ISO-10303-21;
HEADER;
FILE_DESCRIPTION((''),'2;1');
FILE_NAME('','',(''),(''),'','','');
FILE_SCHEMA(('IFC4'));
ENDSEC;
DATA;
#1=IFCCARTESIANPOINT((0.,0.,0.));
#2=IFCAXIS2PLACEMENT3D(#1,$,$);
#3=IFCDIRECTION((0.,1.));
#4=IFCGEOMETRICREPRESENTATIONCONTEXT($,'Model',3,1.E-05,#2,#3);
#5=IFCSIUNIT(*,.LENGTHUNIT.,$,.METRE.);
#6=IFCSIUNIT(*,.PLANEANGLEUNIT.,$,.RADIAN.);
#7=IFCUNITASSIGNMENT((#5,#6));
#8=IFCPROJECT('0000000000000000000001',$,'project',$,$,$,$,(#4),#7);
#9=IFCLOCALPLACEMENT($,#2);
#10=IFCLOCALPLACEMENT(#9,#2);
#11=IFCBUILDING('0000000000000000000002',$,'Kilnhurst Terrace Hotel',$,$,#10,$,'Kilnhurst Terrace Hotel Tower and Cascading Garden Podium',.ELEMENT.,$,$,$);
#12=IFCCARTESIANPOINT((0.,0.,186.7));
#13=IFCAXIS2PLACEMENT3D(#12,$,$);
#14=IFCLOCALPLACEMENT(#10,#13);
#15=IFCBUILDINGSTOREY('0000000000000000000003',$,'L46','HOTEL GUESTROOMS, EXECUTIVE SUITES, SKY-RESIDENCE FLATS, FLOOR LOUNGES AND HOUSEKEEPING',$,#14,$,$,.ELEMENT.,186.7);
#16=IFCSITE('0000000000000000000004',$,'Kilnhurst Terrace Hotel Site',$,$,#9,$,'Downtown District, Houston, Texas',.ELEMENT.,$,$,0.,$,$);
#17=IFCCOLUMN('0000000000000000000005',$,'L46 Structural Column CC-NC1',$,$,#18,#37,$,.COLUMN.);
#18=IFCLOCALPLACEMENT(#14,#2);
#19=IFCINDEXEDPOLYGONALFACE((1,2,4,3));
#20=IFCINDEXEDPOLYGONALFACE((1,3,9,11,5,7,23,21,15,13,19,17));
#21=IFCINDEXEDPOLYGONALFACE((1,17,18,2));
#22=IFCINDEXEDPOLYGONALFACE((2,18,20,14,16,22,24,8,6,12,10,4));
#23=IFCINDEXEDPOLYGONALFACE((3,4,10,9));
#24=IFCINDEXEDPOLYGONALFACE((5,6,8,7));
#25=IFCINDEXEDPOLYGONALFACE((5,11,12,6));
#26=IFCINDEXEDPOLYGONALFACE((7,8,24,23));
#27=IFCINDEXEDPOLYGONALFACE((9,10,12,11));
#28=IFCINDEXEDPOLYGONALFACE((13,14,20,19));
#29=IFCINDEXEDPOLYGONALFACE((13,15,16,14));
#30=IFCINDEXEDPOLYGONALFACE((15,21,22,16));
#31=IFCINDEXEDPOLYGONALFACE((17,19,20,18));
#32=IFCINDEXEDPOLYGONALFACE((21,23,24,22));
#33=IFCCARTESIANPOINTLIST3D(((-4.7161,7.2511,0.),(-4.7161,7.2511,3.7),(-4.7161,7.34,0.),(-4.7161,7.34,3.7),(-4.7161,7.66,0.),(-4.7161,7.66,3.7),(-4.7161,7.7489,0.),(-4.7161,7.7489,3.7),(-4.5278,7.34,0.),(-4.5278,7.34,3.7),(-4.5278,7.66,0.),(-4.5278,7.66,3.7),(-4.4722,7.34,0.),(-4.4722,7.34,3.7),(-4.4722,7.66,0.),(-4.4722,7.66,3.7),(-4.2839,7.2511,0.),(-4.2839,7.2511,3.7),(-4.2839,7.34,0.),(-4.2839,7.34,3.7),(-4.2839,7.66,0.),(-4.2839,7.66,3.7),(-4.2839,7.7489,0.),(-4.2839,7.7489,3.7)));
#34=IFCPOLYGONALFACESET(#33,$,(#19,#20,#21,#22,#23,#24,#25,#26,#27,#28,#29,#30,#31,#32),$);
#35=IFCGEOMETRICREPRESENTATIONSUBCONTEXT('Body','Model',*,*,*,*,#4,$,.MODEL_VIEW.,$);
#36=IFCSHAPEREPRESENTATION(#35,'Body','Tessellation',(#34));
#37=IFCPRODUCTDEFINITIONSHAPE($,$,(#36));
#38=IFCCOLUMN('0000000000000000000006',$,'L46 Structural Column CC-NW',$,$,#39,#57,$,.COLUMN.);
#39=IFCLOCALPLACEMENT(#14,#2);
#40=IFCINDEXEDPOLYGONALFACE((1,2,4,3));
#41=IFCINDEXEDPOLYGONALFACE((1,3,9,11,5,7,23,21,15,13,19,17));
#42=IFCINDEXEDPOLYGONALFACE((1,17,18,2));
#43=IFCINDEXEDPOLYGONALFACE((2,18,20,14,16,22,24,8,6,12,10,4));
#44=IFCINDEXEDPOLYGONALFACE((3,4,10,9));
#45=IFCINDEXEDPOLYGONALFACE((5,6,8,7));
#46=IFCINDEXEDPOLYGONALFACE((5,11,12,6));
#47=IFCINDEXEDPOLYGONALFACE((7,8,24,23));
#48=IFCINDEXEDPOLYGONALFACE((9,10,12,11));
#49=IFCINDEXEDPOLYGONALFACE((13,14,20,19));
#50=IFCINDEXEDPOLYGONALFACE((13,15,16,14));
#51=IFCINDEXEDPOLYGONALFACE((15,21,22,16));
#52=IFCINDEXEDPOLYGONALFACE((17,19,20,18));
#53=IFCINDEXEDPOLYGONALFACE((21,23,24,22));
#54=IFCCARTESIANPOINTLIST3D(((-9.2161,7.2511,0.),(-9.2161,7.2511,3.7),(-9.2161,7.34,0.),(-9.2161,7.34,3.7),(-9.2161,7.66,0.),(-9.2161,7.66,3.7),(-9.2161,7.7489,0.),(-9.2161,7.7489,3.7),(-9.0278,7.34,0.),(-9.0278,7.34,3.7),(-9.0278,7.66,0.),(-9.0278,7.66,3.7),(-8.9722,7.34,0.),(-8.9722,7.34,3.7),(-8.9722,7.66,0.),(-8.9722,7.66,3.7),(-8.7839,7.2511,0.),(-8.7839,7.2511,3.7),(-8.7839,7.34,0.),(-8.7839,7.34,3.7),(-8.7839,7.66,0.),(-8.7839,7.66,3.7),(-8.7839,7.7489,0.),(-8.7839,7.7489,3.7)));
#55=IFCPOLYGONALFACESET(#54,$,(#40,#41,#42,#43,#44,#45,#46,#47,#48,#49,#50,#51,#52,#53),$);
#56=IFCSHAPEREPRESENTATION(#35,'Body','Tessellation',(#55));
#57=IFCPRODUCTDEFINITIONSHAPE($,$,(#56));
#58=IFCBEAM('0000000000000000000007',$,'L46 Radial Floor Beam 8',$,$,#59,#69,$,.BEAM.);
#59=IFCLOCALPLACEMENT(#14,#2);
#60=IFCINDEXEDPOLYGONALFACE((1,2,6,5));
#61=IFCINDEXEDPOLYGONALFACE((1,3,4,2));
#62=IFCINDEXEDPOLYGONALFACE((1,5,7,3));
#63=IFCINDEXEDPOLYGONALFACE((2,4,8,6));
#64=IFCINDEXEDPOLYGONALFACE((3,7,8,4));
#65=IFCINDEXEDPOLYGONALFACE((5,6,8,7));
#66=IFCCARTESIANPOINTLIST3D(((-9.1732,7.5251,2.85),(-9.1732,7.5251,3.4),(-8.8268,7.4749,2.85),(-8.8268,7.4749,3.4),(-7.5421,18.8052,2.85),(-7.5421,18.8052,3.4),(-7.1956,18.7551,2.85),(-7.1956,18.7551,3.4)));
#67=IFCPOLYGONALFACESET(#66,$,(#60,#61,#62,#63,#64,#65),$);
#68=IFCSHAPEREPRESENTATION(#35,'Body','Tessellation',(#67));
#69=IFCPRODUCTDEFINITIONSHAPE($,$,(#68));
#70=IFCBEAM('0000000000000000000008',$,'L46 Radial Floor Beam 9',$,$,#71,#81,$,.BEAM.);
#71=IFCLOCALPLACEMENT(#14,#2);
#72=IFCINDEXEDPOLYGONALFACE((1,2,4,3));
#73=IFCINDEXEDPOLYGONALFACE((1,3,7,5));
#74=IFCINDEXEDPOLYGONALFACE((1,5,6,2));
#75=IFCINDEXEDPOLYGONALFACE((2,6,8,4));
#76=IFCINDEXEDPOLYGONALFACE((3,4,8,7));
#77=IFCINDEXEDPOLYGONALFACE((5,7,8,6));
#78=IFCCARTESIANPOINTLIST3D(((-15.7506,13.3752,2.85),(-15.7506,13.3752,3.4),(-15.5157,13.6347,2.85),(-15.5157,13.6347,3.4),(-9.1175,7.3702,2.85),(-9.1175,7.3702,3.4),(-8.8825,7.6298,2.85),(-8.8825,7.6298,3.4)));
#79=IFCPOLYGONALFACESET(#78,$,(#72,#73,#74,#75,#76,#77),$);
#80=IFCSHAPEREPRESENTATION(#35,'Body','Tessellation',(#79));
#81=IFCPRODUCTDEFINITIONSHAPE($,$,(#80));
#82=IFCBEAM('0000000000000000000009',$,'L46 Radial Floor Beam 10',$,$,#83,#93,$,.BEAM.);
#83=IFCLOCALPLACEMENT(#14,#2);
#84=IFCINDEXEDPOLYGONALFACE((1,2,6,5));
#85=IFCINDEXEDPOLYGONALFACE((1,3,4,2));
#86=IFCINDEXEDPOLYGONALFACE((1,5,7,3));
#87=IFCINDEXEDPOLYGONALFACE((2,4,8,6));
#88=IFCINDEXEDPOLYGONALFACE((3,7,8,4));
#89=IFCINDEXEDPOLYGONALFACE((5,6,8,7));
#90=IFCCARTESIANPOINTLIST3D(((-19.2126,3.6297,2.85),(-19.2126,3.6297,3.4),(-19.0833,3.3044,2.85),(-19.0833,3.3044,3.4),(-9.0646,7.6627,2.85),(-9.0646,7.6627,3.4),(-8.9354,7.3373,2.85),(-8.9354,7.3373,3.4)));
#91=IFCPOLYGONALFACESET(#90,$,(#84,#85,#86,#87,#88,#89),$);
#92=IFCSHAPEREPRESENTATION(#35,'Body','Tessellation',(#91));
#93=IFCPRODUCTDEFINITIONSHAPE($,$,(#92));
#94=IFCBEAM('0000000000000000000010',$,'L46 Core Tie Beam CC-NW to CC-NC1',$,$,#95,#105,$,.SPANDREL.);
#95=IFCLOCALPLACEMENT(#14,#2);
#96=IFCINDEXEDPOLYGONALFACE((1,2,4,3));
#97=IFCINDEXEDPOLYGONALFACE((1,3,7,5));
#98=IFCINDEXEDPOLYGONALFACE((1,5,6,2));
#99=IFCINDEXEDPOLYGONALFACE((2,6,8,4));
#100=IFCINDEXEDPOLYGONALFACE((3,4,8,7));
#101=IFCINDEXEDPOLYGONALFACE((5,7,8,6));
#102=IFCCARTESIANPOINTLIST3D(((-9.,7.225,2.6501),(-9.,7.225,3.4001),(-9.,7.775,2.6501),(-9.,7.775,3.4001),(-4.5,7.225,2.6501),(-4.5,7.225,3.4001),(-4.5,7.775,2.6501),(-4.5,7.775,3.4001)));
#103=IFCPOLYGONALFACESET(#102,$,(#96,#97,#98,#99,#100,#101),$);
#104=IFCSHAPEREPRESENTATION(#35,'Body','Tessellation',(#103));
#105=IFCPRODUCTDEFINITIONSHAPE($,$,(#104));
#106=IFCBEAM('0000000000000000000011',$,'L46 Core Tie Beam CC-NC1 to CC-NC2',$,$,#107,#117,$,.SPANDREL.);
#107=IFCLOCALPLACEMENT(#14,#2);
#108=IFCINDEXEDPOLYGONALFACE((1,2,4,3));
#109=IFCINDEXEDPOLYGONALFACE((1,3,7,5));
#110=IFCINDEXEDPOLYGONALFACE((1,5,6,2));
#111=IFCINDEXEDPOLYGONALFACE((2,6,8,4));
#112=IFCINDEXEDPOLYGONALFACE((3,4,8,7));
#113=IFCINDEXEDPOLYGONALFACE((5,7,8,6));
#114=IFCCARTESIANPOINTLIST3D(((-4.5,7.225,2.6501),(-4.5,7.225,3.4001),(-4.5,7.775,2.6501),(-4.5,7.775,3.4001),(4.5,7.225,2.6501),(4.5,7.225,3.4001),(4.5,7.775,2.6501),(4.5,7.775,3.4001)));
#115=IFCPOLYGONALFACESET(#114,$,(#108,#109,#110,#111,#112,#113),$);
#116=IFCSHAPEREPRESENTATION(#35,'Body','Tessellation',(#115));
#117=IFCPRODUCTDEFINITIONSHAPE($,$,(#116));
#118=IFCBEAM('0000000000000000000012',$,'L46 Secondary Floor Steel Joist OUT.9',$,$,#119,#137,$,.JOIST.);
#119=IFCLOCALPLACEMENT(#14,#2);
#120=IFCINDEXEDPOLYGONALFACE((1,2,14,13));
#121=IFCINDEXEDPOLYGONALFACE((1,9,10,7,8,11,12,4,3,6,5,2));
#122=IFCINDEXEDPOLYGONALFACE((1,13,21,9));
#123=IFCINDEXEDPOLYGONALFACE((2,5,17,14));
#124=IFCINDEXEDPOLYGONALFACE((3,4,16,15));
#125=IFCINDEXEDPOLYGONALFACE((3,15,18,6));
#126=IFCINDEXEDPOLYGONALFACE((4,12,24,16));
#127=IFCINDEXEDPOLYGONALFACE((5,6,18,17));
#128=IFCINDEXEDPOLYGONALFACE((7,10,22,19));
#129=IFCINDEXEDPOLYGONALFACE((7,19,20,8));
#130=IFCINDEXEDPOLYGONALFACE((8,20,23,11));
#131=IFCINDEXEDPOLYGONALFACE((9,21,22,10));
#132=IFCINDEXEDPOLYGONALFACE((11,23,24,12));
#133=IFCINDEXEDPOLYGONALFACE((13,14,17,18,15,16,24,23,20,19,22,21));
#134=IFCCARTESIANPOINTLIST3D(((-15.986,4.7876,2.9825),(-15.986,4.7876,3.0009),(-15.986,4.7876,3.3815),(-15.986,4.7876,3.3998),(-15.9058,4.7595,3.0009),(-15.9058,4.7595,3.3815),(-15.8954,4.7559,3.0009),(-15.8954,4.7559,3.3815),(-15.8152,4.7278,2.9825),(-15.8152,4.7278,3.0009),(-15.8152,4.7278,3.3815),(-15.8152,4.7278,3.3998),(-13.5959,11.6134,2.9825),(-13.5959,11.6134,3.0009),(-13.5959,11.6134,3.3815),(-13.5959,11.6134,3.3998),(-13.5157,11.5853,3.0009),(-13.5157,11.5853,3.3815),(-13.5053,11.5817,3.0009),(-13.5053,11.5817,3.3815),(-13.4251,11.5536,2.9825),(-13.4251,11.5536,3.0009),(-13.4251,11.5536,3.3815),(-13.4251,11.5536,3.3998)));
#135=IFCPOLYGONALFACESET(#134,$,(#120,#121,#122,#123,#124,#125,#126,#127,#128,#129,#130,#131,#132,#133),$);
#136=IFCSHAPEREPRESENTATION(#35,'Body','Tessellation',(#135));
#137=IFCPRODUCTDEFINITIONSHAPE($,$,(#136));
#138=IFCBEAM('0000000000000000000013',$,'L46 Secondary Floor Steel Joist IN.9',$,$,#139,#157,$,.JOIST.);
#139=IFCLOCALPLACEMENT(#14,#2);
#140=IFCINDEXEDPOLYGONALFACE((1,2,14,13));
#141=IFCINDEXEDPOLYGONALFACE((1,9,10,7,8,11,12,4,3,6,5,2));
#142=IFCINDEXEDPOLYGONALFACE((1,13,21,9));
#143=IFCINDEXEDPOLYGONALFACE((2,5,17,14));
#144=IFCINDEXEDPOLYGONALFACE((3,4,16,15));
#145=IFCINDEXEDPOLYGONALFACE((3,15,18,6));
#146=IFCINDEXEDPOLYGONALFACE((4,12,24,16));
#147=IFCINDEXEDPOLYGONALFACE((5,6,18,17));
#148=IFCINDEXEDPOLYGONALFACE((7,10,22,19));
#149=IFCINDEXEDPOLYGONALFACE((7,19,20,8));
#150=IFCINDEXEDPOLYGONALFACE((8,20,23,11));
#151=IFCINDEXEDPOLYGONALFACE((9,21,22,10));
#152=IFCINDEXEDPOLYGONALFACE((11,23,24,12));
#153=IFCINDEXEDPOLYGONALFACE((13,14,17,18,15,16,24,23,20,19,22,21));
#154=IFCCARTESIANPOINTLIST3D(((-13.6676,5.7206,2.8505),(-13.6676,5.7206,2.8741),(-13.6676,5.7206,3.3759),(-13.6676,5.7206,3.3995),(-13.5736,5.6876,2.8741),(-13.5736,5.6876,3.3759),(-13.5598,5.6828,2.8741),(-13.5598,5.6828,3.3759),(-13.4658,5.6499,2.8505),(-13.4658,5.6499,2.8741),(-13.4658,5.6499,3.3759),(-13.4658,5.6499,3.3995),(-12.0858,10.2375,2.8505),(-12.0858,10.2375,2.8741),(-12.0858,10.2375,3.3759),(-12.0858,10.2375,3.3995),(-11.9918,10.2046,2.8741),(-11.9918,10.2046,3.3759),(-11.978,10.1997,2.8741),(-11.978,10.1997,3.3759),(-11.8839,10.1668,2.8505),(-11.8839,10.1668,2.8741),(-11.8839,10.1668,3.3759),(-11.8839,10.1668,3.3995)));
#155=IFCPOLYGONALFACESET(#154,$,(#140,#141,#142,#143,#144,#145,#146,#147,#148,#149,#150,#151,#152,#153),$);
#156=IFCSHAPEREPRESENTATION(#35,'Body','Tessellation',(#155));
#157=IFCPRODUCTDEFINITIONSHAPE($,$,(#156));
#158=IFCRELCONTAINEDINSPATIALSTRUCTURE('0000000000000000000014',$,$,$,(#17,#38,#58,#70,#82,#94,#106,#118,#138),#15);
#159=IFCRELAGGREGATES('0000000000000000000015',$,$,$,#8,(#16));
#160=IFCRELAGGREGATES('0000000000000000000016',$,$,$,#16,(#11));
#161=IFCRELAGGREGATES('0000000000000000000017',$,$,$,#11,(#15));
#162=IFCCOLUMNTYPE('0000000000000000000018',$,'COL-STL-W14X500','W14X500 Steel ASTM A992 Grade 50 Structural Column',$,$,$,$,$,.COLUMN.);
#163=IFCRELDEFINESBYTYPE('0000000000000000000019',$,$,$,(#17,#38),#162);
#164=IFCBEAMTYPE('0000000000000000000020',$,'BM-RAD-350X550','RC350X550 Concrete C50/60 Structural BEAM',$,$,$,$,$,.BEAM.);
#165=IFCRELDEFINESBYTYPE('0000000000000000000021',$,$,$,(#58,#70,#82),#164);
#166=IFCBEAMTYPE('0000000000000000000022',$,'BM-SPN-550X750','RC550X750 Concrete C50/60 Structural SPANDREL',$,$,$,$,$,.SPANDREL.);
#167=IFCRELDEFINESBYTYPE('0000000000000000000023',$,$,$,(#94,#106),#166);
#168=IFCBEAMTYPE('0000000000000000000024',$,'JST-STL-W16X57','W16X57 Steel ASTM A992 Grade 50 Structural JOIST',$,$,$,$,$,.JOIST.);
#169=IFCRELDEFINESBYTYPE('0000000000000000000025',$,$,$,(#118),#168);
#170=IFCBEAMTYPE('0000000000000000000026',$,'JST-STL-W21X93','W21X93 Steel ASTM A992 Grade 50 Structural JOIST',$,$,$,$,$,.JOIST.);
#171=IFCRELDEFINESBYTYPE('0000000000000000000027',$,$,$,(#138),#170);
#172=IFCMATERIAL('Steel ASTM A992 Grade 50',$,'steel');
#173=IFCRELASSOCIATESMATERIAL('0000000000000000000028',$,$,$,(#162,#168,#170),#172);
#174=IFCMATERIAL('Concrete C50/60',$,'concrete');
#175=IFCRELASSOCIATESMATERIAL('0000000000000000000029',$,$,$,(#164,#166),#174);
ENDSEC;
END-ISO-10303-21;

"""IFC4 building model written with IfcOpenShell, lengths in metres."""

from ifc_helpers import new_model, si_unit, direction, frame, origin, origin_2d, place, context, subcontext, project, spatial, rectangle, i_section, extrude, material, material_profile, profile_set, type_object, element, save


model = new_model("IFC4")

# Units and contexts
model_context = context("Model", 3, precision=1e-05, world=origin(), true_north=direction((0.0, 1.0)))
body_context = subcontext(model_context, "Body", "Model", "MODEL_VIEW")
ifc_project = project(units=[si_unit("LENGTHUNIT", "METRE"), si_unit("PLANEANGLEUNIT", "RADIAN")], contexts=[model_context])

# Site, building, storey
site_placement = place(None, origin())
site = spatial("IfcSite", under=ifc_project, at=site_placement, Name="Kilnhurst Terrace Hotel Site", LongName="Downtown District, Houston, Texas", CompositionType="ELEMENT", RefElevation=0.0)
building_placement = place(site_placement, origin())
building = spatial("IfcBuilding", under=site, at=building_placement, Name="Kilnhurst Terrace Hotel", LongName="Kilnhurst Terrace Hotel Tower and Cascading Garden Podium", CompositionType="ELEMENT")
storey_placement = place(building_placement, frame((0.0, 0.0, 186.7)))
storey = spatial("IfcBuildingStorey", under=building, at=storey_placement, Name="L46", Description="HOTEL GUESTROOMS, EXECUTIVE SUITES, SKY-RESIDENCE FLATS, FLOOR LOUNGES AND HOUSEKEEPING", CompositionType="ELEMENT", Elevation=186.7)

# Columns
ifc_material_1 = material(Name="Steel ASTM A992 Grade 50", Category="steel")
ifc_material_profile_1 = material_profile(ifc_material_1, i_section(OverallWidth=0.4321, OverallDepth=0.4978, WebThickness=0.0557, FlangeThickness=0.0889, at=origin_2d()), Name="W14X500")
ifc_profile_set_1 = profile_set([ifc_material_profile_1], Name="Steel ASTM A992 Grade 50")
column_type = type_object("IfcColumnType", Name="COL-STL-W14X500", Description="W14X500 Steel ASTM A992 Grade 50 Structural Column", PredefinedType="COLUMN", material=ifc_profile_set_1)
for number, where, z_axis, x_axis, name in (
    (1, (-4.5, 7.5, 0.0), (0.0, 0.0, 1.0), (1.0, 0.0, 0.0), "L46 Structural Column CC-NC1"),
    (2, (-9.0, 7.5, 0.0), (0.0, 0.0, 1.0), (1.0, 0.0, 0.0), "L46 Structural Column CC-NW"),
):
    element("IfcColumn", number, at=place(storey_placement, frame(where, z_axis=z_axis, x_axis=x_axis)), inside=storey, type_object=column_type, Name=name, PredefinedType="COLUMN", context=body_context, shape_type="SweptSolid", body=[
        extrude(i_section(OverallWidth=0.4321, OverallDepth=0.4978, WebThickness=0.0557, FlangeThickness=0.0889, at=origin_2d()), origin(), (0.0, 0.0, 1.0), 3.7),
    ])

# Beams
ifc_material_2 = material(Name="Concrete C50/60", Category="concrete")
ifc_material_profile_2 = material_profile(ifc_material_2, rectangle(XDim=0.3501, YDim=0.55, at=origin_2d()), Name="RC350X550")
ifc_profile_set_2 = profile_set([ifc_material_profile_2], Name="Concrete C50/60")
beam_type_1 = type_object("IfcBeamType", Name="BM-RAD-350X550", Description="RC350X550 Concrete C50/60 Structural BEAM", PredefinedType="BEAM", material=ifc_profile_set_2)
beam_1_placement = place(storey_placement, frame((-9.0, 7.5, 3.125), z_axis=(0.143113, 0.989706, 0.0), x_axis=(-0.989706, 0.143113, 0.0)))
element("IfcBeam", 3, at=beam_1_placement, inside=storey, type_object=beam_type_1, Name="L46 Radial Floor Beam 8", PredefinedType="BEAM", context=body_context, shape_type="SweptSolid", body=[
    extrude(rectangle(XDim=0.3501, YDim=0.55, at=origin_2d()), origin(), (0.0, 0.0, 1.0), 11.3975),
])
beam_2_placement = place(storey_placement, frame((-9.0, 7.5, 3.125), z_axis=(-0.741339, 0.671131, 0.0), x_axis=(-0.671131, -0.741339, 0.0)))
element("IfcBeam", 4, at=beam_2_placement, inside=storey, type_object=beam_type_1, Name="L46 Radial Floor Beam 9", PredefinedType="BEAM", context=body_context, shape_type="SweptSolid", body=[
    extrude(rectangle(XDim=0.3501, YDim=0.55, at=origin_2d()), origin(), (0.0, 0.0, 1.0), 8.9475),
])
beam_3_placement = place(storey_placement, frame((-9.0, 7.5, 3.125), z_axis=(-0.929302, -0.36932, 0.0), x_axis=(0.36932, -0.929302, 0.0)))
element("IfcBeam", 5, at=beam_3_placement, inside=storey, type_object=beam_type_1, Name="L46 Radial Floor Beam 10", PredefinedType="BEAM", context=body_context, shape_type="SweptSolid", body=[
    extrude(rectangle(XDim=0.3501, YDim=0.55, at=origin_2d()), origin(), (0.0, 0.0, 1.0), 10.9199),
])
ifc_material_profile_3 = material_profile(ifc_material_2, rectangle(XDim=0.55, YDim=0.75, at=origin_2d()), Name="RC550X750")
ifc_profile_set_3 = profile_set([ifc_material_profile_3], Name="Concrete C50/60")
beam_type_2 = type_object("IfcBeamType", Name="BM-SPN-550X750", Description="RC550X750 Concrete C50/60 Structural SPANDREL", PredefinedType="SPANDREL", material=ifc_profile_set_3)
beam_4_placement = place(storey_placement, frame((-9.0, 7.5, 3.0251), z_axis=(1.0, 0.0, 0.0), x_axis=(0.0, 1.0, 0.0)))
element("IfcBeam", 6, at=beam_4_placement, inside=storey, type_object=beam_type_2, Name="L46 Core Tie Beam CC-NW to CC-NC1", PredefinedType="SPANDREL", context=body_context, shape_type="SweptSolid", body=[
    extrude(rectangle(XDim=0.55, YDim=0.75, at=origin_2d()), origin(), (0.0, 0.0, 1.0), 4.5),
])
beam_5_placement = place(storey_placement, frame((-4.5, 7.5, 3.0251), z_axis=(1.0, 0.0, 0.0), x_axis=(0.0, 1.0, 0.0)))
element("IfcBeam", 7, at=beam_5_placement, inside=storey, type_object=beam_type_2, Name="L46 Core Tie Beam CC-NC1 to CC-NC2", PredefinedType="SPANDREL", context=body_context, shape_type="SweptSolid", body=[
    extrude(rectangle(XDim=0.55, YDim=0.75, at=origin_2d()), origin(), (0.0, 0.0, 1.0), 9.0),
])
ifc_material_profile_4 = material_profile(ifc_material_1, i_section(OverallWidth=0.1809, OverallDepth=0.4172, WebThickness=0.011, FlangeThickness=0.0183, at=origin_2d()), Name="W16X57")
ifc_profile_set_4 = profile_set([ifc_material_profile_4], Name="Steel ASTM A992 Grade 50")
beam_type_3 = type_object("IfcBeamType", Name="JST-STL-W16X57", Description="W16X57 Steel ASTM A992 Grade 50 Structural JOIST", PredefinedType="JOIST", material=ifc_profile_set_4)
beam_6_placement = place(storey_placement, frame((-13.5105, 11.5835, 3.1912), z_axis=(-0.330481, -0.943813, 0.0), x_axis=(0.943813, -0.330481, 0.0)))
element("IfcBeam", 8, at=beam_6_placement, inside=storey, type_object=beam_type_3, Name="L46 Secondary Floor Steel Joist OUT.9", PredefinedType="JOIST", context=body_context, shape_type="SweptSolid", body=[
    extrude(i_section(OverallWidth=0.1809, OverallDepth=0.4172, WebThickness=0.011, FlangeThickness=0.0183, at=origin_2d()), origin(), (0.0, 0.0, 1.0), 7.2322),
])
ifc_material_profile_5 = material_profile(ifc_material_1, i_section(OverallWidth=0.2139, OverallDepth=0.5491, WebThickness=0.0146, FlangeThickness=0.0237, at=origin_2d()), Name="W21X93")
ifc_profile_set_5 = profile_set([ifc_material_profile_5], Name="Steel ASTM A992 Grade 50")
beam_type_4 = type_object("IfcBeamType", Name="JST-STL-W21X93", Description="W21X93 Steel ASTM A992 Grade 50 Structural JOIST", PredefinedType="JOIST", material=ifc_profile_set_5)
beam_7_placement = place(storey_placement, frame((-11.9849, 10.2021, 3.125), z_axis=(-0.330516, -0.9438, 0.0), x_axis=(0.9438, -0.330516, 0.0)))
element("IfcBeam", 9, at=beam_7_placement, inside=storey, type_object=beam_type_4, Name="L46 Secondary Floor Steel Joist IN.9", PredefinedType="JOIST", context=body_context, shape_type="SweptSolid", body=[
    extrude(i_section(OverallWidth=0.2139, OverallDepth=0.5491, WebThickness=0.0146, FlangeThickness=0.0237, at=origin_2d()), origin(), (0.0, 0.0, 1.0), 4.7859),
])

save(model, "model.ifc")
